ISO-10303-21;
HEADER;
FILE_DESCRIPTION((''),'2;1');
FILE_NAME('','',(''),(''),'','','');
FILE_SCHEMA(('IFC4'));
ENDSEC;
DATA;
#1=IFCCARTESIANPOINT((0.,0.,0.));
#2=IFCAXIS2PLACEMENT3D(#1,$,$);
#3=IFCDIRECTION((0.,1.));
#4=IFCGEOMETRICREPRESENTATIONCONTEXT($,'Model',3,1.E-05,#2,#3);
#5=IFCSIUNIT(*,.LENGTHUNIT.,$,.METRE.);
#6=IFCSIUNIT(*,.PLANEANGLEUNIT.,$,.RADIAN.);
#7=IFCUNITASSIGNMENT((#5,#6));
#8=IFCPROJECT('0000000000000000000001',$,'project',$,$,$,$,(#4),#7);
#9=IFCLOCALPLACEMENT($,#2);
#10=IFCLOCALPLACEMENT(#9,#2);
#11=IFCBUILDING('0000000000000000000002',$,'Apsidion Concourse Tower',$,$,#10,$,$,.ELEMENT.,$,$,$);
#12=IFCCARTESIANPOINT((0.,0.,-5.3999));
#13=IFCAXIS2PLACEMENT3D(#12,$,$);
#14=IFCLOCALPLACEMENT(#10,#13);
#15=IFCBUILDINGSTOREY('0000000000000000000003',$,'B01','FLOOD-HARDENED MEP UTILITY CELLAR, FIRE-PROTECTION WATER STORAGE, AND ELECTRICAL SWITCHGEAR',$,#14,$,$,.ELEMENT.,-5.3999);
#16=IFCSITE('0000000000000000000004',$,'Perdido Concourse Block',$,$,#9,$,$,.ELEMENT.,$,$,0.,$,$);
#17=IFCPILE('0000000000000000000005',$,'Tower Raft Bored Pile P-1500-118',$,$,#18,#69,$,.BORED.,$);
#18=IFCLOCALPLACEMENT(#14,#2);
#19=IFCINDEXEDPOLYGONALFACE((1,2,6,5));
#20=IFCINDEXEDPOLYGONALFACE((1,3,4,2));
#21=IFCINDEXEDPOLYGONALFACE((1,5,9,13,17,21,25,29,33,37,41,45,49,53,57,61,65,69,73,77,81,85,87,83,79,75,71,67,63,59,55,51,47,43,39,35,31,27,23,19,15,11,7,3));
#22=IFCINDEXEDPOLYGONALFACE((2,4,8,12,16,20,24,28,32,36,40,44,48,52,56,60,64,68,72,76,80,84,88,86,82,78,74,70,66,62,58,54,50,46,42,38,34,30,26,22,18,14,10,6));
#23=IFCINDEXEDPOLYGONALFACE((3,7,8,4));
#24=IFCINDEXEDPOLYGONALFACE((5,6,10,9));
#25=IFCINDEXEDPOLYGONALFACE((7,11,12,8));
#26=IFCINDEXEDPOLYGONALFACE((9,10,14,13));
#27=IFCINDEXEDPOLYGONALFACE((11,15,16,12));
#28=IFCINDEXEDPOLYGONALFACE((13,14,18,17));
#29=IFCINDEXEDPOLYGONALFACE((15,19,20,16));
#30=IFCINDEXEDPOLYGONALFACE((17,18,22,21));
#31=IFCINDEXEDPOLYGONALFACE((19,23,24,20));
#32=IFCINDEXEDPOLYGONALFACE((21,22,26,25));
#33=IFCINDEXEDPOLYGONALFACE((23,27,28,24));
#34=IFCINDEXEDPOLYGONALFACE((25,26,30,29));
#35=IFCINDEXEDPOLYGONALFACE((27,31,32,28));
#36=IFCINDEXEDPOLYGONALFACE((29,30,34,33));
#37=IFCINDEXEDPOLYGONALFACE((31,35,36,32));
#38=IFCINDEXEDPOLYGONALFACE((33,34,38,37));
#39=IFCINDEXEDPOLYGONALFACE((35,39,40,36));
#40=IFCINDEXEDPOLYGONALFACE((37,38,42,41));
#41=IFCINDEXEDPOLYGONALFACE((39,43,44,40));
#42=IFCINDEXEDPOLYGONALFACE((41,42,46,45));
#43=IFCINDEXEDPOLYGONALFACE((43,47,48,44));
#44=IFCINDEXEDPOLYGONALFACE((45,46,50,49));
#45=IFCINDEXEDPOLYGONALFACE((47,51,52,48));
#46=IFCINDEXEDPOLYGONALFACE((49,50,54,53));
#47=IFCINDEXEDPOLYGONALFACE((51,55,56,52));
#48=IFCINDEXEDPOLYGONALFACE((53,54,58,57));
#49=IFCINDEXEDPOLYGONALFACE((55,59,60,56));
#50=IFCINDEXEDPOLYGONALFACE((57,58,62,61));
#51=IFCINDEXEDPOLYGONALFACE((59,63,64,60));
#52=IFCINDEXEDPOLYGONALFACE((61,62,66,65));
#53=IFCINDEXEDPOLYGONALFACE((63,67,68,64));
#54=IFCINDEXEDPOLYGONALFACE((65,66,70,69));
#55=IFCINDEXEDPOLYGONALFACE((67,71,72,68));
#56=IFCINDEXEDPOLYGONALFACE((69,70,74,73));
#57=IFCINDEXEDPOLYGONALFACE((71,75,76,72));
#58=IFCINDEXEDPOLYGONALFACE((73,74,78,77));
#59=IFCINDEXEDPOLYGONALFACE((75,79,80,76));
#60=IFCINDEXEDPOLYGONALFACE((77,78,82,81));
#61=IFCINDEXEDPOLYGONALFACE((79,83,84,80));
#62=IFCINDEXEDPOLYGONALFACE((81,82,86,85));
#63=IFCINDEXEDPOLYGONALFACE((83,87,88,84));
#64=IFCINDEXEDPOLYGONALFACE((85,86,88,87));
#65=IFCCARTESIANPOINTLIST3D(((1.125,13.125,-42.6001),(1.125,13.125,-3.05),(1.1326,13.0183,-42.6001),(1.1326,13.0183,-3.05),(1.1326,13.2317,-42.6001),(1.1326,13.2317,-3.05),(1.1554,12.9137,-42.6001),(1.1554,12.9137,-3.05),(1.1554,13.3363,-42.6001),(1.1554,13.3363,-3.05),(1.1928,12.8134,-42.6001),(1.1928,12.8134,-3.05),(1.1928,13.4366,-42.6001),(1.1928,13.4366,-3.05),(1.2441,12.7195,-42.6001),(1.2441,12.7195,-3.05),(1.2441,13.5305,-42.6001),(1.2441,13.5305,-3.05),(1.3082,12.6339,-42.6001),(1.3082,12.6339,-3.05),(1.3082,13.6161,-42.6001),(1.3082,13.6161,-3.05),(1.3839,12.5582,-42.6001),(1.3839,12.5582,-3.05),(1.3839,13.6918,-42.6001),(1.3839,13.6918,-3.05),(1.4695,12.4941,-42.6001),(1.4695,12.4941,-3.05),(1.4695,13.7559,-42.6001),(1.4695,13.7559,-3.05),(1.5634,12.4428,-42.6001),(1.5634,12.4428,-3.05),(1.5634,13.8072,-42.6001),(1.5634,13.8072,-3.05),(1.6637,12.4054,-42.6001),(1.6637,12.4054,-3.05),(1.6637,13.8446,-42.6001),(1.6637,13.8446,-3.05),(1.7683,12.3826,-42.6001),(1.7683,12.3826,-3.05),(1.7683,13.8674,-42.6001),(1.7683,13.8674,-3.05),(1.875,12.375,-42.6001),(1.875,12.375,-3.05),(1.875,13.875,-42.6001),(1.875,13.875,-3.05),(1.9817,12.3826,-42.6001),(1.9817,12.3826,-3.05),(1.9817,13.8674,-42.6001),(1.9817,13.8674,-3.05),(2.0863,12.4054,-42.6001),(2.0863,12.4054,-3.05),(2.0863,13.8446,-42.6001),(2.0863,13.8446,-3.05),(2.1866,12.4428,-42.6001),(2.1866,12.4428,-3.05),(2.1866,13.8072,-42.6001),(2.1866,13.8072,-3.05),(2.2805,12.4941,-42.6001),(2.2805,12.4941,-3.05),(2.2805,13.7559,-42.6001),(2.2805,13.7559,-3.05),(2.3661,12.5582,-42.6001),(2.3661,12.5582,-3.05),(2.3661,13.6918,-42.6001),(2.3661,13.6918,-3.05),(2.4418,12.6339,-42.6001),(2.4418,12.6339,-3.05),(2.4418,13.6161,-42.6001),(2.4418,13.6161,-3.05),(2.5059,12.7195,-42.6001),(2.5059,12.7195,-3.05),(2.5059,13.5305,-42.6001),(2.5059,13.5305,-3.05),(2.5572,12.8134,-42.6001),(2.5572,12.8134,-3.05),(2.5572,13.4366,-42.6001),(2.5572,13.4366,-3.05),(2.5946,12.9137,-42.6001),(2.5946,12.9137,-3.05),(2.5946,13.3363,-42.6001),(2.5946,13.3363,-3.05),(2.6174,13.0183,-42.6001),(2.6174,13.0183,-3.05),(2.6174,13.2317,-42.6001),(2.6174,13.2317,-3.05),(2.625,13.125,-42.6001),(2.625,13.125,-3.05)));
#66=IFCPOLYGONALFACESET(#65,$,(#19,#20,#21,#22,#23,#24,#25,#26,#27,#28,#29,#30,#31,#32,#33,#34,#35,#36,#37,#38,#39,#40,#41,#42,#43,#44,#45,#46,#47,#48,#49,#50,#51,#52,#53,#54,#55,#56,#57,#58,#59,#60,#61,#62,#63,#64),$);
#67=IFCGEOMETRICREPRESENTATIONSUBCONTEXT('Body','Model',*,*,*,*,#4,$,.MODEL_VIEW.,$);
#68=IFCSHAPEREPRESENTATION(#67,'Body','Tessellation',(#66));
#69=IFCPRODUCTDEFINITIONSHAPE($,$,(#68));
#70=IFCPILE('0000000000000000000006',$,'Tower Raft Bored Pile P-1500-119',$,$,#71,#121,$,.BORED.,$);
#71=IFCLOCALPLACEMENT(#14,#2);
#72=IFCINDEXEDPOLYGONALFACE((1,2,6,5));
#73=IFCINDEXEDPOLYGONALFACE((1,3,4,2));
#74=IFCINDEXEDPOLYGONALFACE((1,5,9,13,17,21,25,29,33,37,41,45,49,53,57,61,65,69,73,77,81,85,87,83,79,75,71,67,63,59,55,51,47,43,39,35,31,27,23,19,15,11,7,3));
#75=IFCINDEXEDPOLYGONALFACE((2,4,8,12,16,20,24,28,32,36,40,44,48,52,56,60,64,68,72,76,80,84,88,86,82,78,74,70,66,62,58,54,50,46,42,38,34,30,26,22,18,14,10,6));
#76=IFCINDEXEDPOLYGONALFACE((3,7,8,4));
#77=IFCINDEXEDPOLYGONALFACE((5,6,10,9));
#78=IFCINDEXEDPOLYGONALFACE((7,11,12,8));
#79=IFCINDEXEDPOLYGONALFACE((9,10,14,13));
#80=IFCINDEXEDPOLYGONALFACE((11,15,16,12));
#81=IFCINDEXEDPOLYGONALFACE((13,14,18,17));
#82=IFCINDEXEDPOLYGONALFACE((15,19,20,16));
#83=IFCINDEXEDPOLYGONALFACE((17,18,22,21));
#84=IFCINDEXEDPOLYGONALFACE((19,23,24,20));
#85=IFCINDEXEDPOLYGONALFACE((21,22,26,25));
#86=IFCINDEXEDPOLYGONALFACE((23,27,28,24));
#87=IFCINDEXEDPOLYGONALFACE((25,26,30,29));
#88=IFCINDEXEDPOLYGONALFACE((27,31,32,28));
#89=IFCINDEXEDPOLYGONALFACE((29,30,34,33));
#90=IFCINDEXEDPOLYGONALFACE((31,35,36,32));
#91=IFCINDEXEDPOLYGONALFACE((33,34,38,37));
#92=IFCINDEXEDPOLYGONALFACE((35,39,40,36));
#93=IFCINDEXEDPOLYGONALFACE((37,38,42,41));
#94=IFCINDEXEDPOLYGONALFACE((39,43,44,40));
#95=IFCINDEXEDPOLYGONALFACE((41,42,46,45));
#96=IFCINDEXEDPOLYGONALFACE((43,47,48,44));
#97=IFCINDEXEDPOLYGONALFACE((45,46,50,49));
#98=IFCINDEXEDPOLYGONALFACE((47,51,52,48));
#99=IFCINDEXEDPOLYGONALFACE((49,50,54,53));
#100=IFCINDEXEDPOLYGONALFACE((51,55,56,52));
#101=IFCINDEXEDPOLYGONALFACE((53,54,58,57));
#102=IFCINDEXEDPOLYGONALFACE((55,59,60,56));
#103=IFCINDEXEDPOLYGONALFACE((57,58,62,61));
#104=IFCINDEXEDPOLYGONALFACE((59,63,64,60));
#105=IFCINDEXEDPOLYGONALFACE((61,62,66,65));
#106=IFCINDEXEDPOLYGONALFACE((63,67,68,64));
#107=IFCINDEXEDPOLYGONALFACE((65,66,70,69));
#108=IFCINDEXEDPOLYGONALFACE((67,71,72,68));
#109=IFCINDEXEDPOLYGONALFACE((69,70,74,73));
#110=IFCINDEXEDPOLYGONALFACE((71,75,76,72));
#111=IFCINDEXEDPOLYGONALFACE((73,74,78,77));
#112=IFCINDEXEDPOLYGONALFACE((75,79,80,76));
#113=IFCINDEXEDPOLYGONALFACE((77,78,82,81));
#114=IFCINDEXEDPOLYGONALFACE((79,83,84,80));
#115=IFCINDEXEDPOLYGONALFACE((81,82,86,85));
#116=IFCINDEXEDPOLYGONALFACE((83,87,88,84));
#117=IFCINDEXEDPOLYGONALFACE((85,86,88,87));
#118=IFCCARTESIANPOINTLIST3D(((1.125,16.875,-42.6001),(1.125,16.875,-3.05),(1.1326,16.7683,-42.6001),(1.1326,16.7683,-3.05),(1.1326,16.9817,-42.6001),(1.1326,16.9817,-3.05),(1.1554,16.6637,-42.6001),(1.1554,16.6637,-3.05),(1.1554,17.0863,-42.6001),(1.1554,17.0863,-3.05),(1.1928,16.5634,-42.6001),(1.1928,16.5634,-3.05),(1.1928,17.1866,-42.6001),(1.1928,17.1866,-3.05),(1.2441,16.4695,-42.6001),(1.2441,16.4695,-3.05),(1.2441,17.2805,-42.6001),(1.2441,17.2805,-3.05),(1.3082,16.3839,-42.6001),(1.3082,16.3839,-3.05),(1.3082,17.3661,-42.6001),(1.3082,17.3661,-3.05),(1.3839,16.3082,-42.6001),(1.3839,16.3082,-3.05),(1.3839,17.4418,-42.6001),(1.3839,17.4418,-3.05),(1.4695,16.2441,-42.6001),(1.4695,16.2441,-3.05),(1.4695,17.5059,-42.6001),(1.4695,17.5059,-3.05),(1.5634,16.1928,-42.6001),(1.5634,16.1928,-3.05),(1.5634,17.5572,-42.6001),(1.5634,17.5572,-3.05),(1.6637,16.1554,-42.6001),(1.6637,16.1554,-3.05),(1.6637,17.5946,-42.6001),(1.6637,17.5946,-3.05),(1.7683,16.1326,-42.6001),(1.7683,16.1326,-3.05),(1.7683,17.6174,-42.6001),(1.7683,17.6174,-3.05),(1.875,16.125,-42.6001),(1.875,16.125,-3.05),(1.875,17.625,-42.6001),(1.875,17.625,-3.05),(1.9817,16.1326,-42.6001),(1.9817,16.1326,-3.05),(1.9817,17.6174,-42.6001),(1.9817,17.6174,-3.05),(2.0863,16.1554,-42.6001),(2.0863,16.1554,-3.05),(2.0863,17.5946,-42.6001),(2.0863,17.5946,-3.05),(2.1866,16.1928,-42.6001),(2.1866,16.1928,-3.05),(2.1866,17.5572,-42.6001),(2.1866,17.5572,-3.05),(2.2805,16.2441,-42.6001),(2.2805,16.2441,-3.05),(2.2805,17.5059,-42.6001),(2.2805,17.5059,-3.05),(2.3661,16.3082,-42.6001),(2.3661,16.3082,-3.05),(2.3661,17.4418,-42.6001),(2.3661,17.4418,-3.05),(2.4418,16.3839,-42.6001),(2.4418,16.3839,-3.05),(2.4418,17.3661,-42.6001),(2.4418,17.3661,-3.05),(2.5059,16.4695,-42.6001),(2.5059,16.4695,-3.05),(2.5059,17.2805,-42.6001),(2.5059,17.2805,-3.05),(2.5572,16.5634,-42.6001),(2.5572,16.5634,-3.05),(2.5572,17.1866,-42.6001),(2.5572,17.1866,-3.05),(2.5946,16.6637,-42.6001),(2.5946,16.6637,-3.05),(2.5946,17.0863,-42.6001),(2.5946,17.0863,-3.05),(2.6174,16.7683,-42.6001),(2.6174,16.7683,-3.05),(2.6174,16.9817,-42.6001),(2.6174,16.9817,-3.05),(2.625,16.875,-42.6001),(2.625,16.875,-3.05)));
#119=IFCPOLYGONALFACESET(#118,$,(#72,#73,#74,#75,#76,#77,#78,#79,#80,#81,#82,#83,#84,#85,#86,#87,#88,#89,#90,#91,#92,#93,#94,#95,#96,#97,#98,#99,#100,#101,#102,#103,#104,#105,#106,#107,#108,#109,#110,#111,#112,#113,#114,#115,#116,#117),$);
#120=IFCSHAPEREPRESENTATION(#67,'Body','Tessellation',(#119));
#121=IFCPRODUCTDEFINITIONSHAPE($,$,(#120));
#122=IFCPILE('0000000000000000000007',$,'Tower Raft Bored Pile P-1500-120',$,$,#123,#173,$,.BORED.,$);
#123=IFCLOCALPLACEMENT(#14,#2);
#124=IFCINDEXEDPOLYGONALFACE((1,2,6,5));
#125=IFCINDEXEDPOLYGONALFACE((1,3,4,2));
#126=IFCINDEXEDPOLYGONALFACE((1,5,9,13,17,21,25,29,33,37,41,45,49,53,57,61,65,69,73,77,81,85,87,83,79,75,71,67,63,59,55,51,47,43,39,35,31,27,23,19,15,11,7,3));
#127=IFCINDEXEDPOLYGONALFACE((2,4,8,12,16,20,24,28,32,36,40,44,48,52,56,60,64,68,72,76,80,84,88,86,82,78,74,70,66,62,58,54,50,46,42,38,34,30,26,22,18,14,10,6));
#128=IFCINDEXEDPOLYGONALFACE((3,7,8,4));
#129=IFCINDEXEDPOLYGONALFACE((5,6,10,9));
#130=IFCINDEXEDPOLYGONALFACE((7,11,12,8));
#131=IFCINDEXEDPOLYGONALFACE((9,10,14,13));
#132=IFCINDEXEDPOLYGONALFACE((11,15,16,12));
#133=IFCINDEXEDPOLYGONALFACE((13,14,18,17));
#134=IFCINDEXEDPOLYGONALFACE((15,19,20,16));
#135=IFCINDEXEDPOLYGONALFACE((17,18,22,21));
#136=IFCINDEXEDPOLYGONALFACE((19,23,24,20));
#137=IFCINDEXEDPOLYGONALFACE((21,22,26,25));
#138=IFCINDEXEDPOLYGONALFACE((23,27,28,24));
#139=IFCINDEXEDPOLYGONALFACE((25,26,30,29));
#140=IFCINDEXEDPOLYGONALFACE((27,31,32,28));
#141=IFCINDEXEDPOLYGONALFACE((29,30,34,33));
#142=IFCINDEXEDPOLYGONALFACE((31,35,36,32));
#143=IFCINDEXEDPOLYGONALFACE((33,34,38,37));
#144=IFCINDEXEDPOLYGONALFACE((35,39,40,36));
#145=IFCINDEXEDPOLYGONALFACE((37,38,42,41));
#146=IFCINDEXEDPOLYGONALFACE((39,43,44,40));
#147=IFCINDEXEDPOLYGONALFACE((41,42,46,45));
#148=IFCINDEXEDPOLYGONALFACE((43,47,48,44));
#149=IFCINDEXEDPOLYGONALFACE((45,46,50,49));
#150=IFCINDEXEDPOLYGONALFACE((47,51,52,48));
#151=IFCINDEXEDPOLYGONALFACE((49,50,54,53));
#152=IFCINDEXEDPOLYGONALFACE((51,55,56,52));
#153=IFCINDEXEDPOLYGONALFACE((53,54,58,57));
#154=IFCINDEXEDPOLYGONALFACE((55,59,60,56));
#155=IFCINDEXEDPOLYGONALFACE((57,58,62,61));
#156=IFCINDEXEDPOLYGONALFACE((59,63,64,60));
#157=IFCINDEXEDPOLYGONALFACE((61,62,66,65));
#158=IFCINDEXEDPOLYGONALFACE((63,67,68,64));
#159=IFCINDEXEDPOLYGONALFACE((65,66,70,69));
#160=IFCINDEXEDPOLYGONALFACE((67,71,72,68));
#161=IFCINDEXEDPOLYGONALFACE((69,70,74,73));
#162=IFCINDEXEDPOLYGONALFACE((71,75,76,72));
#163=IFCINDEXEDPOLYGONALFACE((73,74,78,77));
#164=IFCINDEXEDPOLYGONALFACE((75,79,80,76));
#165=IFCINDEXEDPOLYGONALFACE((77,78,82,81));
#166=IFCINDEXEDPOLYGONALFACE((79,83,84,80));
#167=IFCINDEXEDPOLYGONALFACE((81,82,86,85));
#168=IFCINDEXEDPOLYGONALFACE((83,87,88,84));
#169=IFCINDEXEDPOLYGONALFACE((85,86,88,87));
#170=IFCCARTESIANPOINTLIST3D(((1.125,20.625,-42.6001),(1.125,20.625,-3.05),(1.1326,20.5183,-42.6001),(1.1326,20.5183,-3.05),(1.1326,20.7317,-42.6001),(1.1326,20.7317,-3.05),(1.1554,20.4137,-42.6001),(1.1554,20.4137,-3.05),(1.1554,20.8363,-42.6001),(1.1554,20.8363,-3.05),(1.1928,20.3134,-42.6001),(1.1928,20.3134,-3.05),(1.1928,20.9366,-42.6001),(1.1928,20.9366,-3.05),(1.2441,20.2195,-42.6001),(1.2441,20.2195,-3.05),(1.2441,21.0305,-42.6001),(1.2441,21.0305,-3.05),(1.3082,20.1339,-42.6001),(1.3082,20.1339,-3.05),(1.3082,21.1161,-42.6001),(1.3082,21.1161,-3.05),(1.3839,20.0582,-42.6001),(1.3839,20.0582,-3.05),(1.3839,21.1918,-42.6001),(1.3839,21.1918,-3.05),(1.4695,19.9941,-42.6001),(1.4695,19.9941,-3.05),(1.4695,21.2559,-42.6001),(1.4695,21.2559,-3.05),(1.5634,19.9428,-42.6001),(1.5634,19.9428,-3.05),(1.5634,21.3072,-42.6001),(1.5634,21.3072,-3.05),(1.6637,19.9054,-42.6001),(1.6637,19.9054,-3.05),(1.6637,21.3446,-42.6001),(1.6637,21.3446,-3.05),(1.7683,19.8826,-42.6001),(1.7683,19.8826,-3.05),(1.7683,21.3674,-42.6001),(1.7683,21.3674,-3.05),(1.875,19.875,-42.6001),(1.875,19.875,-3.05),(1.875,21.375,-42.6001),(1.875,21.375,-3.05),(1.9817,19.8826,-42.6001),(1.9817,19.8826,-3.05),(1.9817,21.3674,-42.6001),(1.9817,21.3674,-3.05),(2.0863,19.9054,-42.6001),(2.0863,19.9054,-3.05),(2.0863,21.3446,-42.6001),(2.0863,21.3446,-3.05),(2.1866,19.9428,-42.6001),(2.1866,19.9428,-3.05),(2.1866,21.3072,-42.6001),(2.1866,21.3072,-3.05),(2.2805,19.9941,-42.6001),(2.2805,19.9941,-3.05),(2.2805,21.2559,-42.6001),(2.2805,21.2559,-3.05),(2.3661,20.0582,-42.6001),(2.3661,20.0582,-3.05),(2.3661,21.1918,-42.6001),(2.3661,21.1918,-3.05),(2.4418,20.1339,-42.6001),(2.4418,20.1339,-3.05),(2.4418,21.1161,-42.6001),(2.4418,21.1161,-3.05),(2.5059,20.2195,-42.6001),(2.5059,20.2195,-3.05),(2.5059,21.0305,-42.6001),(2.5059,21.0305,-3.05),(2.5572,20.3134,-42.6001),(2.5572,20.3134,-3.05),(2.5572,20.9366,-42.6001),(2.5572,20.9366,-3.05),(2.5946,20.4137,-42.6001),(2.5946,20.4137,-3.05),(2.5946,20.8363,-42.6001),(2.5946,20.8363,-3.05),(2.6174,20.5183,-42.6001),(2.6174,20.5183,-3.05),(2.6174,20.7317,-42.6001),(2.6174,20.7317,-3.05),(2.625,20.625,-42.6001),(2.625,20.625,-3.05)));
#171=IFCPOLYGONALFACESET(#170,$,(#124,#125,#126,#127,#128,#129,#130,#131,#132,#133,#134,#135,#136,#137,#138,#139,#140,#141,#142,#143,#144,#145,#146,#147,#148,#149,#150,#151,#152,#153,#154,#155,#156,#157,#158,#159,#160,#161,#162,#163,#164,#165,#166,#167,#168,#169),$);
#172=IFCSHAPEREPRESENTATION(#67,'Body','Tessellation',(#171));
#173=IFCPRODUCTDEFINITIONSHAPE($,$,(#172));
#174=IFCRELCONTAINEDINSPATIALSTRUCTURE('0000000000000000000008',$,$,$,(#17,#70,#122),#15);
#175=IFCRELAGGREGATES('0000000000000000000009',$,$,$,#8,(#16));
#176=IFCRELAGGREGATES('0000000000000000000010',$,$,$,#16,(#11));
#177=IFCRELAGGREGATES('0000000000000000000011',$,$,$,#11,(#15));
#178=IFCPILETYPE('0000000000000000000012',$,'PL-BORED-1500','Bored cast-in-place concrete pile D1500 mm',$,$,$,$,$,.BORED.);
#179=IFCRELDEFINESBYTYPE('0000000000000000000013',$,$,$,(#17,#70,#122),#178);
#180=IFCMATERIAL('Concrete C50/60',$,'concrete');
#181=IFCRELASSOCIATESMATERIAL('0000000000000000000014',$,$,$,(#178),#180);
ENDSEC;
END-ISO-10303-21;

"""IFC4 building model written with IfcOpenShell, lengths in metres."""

from ifc_helpers import new_model, si_unit, direction, frame, origin, origin_2d, place, context, subcontext, project, spatial, circle, extrude, material, material_profile, profile_set, type_object, element, save


model = new_model("IFC4")

# Units and contexts
model_context = context("Model", 3, precision=1e-05, world=origin(), true_north=direction((0.0, 1.0)))
body_context = subcontext(model_context, "Body", "Model", "MODEL_VIEW")
ifc_project = project(units=[si_unit("LENGTHUNIT", "METRE"), si_unit("PLANEANGLEUNIT", "RADIAN")], contexts=[model_context])

# Site, building, storey
site_placement = place(None, origin())
site = spatial("IfcSite", under=ifc_project, at=site_placement, Name="Perdido Concourse Block", CompositionType="ELEMENT", RefElevation=0.0)
building_placement = place(site_placement, origin())
building = spatial("IfcBuilding", under=site, at=building_placement, Name="Apsidion Concourse Tower", CompositionType="ELEMENT")
storey_placement = place(building_placement, frame((0.0, 0.0, -5.3999)))
storey = spatial("IfcBuildingStorey", under=building, at=storey_placement, Name="B01", Description="FLOOD-HARDENED MEP UTILITY CELLAR, FIRE-PROTECTION WATER STORAGE, AND ELECTRICAL SWITCHGEAR", CompositionType="ELEMENT", Elevation=-5.3999)

# Shared definitions
ifc_material_1 = material(Name="Concrete C50/60", Category="concrete")

# Piles
ifc_material_profile_1 = material_profile(ifc_material_1, circle(Radius=0.75, at=origin_2d()), Name="BORED PILE D1500")
ifc_profile_set_1 = profile_set([ifc_material_profile_1], Name="Concrete C50/60")
pile_type_1 = type_object("IfcPileType", Name="PL-BORED-1500", Description="Bored cast-in-place concrete pile D1500 mm", PredefinedType="BORED", material=ifc_profile_set_1)
for number, where, z_axis, x_axis, name in (
    (1, (1.875, 13.125, -3.05), (0.0, 0.0, -1.0), (1.0, 0.0, 0.0), "Tower Raft Bored Pile P-1500-118"),
    (2, (1.875, 16.875, -3.05), (0.0, 0.0, -1.0), (1.0, 0.0, 0.0), "Tower Raft Bored Pile P-1500-119"),
    (3, (1.875, 20.625, -3.05), (0.0, 0.0, -1.0), (1.0, 0.0, 0.0), "Tower Raft Bored Pile P-1500-120"),
):
    element("IfcPile", number, at=place(storey_placement, frame(where, z_axis=z_axis, x_axis=x_axis)), inside=storey, type_object=pile_type_1, Name=name, PredefinedType="BORED", context=body_context, shape_type="SweptSolid", body=[
        extrude(circle(Radius=0.75, at=origin_2d()), origin(), (0.0, 0.0, 1.0), 39.55),
    ])

save(model, "model.ifc")
